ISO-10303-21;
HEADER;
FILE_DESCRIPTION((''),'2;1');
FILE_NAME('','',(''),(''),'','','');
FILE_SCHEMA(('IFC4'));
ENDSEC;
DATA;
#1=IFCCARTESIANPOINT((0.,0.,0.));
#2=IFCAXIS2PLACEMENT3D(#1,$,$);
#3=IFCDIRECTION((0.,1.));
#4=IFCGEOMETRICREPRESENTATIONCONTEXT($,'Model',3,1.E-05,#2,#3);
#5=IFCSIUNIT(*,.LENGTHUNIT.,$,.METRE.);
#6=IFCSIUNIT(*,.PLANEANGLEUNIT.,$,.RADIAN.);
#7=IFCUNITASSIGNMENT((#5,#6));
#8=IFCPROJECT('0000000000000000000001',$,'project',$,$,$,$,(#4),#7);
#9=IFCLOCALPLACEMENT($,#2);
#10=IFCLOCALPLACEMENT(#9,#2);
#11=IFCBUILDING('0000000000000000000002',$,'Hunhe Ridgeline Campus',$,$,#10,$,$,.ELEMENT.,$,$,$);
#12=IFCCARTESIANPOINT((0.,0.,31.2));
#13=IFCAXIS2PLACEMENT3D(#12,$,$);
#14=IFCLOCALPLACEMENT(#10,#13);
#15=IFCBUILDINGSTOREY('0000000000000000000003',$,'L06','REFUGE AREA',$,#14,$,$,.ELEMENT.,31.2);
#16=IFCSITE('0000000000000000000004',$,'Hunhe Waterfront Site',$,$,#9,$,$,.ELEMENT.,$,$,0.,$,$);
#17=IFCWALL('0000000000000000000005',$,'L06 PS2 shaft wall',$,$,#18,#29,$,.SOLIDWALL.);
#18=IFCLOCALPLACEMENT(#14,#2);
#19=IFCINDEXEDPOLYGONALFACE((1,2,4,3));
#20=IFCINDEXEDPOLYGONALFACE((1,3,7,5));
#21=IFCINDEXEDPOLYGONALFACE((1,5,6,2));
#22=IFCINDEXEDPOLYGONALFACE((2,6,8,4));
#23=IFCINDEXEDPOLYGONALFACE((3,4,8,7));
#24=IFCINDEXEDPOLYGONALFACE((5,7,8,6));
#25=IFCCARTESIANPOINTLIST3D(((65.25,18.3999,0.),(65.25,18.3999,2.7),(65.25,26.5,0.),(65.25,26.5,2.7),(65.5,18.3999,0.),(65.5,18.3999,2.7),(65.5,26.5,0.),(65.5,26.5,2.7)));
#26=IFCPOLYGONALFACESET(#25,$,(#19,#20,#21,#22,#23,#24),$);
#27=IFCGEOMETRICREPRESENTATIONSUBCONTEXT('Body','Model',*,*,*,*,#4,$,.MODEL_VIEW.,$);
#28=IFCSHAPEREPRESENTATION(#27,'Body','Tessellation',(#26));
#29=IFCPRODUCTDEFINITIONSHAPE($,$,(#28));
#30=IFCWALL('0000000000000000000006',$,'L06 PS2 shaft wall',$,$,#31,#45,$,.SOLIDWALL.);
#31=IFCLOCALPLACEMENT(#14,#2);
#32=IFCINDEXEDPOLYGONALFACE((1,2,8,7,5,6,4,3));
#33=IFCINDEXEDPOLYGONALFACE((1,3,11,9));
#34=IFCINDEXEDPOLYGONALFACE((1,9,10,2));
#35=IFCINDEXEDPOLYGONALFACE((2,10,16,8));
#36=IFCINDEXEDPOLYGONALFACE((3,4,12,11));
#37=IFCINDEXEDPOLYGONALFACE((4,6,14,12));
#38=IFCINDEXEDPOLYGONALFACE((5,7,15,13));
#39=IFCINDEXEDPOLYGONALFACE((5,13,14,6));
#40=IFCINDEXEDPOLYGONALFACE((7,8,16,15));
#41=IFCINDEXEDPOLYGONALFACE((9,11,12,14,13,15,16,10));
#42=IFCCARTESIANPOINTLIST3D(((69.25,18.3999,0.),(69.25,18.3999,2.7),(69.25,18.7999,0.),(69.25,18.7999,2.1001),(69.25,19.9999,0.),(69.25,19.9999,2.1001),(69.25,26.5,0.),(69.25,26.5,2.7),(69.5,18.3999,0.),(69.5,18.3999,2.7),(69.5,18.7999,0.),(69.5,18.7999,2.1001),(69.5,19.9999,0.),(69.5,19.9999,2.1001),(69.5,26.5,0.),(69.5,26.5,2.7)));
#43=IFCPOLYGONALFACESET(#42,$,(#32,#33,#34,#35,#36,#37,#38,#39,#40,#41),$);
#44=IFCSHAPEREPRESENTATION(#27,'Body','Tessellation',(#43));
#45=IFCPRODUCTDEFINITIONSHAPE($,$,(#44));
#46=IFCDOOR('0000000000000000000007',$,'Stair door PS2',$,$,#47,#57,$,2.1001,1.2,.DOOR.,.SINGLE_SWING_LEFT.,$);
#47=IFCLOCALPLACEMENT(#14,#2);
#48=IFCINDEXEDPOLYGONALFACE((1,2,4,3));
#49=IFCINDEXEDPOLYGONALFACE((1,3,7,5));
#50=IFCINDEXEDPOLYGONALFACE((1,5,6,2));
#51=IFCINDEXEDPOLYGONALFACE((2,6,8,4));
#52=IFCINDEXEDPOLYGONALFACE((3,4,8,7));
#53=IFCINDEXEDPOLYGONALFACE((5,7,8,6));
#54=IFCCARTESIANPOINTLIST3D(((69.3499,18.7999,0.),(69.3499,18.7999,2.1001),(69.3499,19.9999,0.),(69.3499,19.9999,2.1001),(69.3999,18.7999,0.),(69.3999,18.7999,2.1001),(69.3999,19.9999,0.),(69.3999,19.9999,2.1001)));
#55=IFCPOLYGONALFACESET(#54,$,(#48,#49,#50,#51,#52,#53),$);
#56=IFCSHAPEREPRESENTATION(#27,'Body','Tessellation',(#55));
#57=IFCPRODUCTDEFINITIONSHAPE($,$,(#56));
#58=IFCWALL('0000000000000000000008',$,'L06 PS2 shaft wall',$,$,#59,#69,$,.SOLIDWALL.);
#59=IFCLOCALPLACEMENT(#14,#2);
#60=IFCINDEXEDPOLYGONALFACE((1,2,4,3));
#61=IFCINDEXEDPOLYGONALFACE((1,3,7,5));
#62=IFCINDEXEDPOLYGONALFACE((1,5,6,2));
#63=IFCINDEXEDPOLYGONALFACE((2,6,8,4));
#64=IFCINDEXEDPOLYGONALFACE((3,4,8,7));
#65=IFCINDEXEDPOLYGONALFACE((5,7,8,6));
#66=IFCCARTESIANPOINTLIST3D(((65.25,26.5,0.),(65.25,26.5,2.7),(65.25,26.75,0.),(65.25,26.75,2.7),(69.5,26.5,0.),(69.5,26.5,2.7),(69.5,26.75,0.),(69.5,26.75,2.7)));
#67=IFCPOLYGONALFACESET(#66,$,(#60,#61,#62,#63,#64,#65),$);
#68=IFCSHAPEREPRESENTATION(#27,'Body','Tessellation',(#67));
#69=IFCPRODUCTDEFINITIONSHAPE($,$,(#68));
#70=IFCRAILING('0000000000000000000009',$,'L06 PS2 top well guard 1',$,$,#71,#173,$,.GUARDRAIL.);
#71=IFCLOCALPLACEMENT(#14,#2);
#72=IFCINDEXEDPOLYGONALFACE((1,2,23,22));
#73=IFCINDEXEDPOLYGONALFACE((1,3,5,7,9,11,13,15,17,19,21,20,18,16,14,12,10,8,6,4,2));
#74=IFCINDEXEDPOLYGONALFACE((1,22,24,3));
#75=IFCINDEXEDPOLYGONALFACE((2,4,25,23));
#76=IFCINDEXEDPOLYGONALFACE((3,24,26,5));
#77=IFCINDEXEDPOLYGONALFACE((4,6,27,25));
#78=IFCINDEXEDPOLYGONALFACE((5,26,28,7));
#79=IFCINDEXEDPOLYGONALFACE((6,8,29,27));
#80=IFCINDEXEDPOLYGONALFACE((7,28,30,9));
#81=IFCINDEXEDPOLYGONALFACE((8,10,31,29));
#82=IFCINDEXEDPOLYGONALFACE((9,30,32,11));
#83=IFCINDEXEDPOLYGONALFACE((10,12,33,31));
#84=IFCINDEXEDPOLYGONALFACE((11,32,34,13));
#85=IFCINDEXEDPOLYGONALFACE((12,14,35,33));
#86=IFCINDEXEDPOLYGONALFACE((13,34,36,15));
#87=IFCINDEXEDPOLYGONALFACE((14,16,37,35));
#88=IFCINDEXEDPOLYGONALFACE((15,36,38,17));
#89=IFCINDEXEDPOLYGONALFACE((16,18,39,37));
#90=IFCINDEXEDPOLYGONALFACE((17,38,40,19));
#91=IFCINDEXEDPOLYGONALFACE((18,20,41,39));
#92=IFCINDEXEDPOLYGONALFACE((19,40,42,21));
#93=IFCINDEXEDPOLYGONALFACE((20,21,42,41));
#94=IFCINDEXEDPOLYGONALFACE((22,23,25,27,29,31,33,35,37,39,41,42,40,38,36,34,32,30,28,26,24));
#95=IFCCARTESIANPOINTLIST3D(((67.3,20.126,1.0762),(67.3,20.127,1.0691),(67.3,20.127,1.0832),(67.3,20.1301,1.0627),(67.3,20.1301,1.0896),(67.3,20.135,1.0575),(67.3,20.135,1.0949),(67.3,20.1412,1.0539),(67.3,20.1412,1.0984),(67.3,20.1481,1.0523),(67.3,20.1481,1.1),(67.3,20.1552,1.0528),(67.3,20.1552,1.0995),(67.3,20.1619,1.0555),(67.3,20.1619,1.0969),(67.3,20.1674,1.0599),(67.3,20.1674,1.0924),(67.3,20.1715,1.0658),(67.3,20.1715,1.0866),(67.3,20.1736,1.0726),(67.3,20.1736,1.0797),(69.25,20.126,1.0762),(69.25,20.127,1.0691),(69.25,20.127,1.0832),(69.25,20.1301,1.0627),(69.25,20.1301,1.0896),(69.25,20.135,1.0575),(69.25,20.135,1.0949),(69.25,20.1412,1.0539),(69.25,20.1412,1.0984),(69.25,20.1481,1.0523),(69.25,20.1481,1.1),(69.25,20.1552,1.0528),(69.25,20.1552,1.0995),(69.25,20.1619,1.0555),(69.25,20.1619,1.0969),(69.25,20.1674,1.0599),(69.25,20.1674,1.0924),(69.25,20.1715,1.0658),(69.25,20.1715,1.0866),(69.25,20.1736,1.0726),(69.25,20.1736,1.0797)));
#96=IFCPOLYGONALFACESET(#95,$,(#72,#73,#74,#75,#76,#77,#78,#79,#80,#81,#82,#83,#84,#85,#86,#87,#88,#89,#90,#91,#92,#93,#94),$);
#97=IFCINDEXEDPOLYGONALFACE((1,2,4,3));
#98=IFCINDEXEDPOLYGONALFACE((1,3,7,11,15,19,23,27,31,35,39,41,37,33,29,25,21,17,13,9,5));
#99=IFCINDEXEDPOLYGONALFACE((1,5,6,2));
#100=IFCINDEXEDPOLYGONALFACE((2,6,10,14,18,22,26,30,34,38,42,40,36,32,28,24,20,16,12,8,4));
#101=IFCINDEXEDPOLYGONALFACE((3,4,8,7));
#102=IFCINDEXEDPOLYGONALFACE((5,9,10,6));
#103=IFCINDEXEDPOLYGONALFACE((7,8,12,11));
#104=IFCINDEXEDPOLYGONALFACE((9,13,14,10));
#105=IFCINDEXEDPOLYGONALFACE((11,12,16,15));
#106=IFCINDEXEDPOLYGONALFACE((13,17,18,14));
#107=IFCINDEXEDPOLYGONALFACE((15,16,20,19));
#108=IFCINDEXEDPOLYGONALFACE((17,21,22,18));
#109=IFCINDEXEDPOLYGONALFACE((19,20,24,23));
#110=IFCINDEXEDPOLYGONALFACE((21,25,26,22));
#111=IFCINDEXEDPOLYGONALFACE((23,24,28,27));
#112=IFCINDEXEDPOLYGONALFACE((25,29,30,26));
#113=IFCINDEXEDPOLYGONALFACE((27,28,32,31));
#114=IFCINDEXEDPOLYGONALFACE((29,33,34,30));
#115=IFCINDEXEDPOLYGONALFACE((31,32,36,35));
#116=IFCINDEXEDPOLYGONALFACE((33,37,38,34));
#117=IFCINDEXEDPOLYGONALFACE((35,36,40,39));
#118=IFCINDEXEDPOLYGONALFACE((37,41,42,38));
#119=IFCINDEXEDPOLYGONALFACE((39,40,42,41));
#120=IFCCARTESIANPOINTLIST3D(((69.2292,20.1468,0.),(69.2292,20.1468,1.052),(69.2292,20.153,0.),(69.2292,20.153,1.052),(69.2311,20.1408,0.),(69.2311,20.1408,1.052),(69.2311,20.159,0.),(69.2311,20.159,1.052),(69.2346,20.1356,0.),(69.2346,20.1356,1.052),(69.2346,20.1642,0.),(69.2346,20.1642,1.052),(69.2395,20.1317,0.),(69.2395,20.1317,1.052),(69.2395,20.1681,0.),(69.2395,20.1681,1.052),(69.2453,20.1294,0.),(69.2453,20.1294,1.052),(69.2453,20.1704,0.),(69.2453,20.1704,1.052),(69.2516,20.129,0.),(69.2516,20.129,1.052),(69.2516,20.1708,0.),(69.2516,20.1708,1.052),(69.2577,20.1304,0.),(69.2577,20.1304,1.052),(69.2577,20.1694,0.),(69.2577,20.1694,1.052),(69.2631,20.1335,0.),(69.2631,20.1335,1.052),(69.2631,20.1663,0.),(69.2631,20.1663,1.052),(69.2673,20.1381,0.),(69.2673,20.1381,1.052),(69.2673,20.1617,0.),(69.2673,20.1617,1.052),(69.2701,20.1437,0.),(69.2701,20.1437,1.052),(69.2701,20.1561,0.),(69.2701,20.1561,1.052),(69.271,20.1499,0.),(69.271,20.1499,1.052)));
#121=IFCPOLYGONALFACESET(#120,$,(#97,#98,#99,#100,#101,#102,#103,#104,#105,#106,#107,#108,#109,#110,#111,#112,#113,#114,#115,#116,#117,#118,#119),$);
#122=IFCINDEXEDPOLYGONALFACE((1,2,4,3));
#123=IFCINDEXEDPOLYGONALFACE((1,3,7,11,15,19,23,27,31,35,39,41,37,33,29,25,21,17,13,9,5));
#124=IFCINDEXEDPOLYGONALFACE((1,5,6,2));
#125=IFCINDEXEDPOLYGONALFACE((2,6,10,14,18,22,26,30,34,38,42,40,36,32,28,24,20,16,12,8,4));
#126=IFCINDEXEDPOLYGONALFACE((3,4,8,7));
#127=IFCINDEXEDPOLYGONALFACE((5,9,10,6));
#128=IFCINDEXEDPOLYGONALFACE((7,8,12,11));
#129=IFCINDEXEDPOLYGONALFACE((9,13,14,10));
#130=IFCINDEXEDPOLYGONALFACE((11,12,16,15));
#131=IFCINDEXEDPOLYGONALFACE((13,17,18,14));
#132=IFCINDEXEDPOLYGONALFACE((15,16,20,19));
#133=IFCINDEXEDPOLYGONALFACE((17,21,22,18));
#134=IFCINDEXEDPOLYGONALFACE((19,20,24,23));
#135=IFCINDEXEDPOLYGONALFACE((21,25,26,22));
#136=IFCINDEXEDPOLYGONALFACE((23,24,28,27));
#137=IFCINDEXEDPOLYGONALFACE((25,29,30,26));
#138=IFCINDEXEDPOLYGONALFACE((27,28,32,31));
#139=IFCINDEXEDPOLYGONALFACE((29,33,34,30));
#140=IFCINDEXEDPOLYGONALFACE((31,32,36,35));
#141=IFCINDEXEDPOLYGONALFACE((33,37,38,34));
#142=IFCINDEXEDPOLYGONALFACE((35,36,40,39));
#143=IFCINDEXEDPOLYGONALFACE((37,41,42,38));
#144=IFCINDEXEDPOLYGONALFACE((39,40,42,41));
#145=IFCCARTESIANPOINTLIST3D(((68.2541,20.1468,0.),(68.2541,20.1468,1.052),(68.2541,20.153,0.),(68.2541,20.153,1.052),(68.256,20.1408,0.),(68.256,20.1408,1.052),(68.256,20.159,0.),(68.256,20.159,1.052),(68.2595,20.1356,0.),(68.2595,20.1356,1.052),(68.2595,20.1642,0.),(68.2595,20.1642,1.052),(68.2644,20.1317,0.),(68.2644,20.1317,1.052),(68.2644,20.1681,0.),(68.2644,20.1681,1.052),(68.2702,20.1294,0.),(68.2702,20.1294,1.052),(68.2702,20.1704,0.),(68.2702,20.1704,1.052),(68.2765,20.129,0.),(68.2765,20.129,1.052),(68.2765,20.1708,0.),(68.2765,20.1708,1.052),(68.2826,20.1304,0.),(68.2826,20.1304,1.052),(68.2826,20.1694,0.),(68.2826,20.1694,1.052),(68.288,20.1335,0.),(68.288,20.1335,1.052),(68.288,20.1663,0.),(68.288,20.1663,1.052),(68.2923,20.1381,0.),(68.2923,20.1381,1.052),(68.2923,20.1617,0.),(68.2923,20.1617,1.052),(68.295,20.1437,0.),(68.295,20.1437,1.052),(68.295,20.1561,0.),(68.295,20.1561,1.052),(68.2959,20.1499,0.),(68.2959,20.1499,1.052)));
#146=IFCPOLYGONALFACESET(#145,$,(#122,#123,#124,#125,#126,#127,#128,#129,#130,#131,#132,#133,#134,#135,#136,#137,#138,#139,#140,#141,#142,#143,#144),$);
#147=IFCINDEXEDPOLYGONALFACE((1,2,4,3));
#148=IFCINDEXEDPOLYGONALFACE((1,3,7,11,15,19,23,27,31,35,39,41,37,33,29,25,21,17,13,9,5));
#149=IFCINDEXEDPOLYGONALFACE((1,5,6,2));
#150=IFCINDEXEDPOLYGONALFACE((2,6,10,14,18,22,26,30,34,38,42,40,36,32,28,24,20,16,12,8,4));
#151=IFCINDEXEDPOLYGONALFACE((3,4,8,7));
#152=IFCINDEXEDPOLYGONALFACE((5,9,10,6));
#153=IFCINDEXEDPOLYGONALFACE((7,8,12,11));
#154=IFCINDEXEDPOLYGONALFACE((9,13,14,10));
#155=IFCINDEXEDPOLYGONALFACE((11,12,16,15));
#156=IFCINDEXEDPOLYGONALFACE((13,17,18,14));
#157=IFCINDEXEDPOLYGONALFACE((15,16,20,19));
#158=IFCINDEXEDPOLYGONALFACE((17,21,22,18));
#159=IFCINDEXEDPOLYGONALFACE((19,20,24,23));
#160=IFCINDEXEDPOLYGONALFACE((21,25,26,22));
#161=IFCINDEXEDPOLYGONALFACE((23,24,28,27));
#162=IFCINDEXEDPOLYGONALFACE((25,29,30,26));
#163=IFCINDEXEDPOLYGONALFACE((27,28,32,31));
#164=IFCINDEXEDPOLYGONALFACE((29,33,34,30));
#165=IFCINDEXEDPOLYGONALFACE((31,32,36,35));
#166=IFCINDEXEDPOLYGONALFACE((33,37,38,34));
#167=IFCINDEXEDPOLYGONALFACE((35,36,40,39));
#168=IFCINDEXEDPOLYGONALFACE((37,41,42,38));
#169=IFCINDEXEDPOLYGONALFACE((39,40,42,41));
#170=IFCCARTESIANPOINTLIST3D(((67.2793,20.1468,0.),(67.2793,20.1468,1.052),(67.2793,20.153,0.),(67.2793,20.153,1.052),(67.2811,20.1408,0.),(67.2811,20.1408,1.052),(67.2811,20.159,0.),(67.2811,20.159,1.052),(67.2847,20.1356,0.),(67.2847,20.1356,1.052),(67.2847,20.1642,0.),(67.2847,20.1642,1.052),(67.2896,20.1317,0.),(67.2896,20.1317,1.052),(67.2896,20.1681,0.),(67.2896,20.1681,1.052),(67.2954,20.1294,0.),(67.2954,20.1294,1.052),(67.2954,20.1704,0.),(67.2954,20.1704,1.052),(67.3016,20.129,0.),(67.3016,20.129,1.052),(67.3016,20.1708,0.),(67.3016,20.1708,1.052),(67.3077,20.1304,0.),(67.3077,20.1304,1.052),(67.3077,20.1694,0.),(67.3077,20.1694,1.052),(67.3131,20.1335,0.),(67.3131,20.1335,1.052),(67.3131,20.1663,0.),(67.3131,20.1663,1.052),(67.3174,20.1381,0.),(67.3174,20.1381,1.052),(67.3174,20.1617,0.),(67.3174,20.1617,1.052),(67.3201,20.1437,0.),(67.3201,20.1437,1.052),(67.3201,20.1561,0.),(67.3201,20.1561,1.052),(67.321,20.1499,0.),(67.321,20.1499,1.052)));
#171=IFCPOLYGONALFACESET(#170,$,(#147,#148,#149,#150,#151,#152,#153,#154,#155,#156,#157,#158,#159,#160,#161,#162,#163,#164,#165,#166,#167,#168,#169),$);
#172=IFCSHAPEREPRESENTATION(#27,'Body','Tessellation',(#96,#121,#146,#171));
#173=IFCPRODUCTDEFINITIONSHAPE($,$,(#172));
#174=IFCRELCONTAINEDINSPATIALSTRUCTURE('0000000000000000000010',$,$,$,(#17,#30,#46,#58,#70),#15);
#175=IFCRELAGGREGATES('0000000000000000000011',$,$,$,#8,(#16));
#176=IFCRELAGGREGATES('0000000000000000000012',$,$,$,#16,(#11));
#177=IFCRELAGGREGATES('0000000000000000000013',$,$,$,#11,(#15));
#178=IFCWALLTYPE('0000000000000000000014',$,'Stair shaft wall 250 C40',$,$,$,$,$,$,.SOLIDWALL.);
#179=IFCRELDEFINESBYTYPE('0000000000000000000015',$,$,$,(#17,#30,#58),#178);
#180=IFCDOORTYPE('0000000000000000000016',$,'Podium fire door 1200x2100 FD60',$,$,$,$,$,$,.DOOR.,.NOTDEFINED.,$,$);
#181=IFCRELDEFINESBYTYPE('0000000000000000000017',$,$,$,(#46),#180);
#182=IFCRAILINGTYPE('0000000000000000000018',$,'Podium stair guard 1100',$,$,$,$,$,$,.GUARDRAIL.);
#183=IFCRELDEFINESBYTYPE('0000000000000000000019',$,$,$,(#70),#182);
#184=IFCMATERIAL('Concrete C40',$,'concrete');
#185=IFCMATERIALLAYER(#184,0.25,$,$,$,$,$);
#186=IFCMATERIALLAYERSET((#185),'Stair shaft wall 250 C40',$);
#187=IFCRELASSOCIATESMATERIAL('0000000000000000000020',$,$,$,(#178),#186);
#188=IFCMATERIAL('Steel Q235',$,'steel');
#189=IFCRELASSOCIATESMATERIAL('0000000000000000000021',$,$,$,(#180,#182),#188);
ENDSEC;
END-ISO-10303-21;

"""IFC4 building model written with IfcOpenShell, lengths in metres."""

from ifc_helpers import new_model, si_unit, direction, frame, frame_2d, origin, origin_2d, place, context, subcontext, project, spatial, rectangle, circle, extrude, material, layer, layer_set, type_object, element, fill, save


model = new_model("IFC4")

# Units and contexts
model_context = context("Model", 3, precision=1e-05, world=origin(), true_north=direction((0.0, 1.0)))
body_context = subcontext(model_context, "Body", "Model", "MODEL_VIEW")
ifc_project = project(units=[si_unit("LENGTHUNIT", "METRE"), si_unit("PLANEANGLEUNIT", "RADIAN")], contexts=[model_context])

# Site, building, storey
site_placement = place(None, origin())
site = spatial("IfcSite", under=ifc_project, at=site_placement, Name="Hunhe Waterfront Site", CompositionType="ELEMENT", RefElevation=0.0)
building_placement = place(site_placement, origin())
building = spatial("IfcBuilding", under=site, at=building_placement, Name="Hunhe Ridgeline Campus", CompositionType="ELEMENT")
storey_placement = place(building_placement, frame((0.0, 0.0, 31.2)))
storey = spatial("IfcBuildingStorey", under=building, at=storey_placement, Name="L06", Description="REFUGE AREA", CompositionType="ELEMENT", Elevation=31.2)

# Wall
ifc_material_1 = material(Name="Concrete C40", Category="concrete")
ifc_layer_1 = layer(ifc_material_1, 0.25)
ifc_layer_set_1 = layer_set([ifc_layer_1], Name="Stair shaft wall 250 C40")
wall_type_1 = type_object("IfcWallType", Name="Stair shaft wall 250 C40", PredefinedType="SOLIDWALL", material=ifc_layer_set_1)
wall_1_placement = place(storey_placement, frame((65.375, 18.3999, 0.0), z_axis=(0.0, 0.0, 1.0), x_axis=(0.0, 1.0, 0.0)))
element("IfcWall", 1, at=wall_1_placement, inside=storey, type_object=wall_type_1, Name="L06 PS2 shaft wall", PredefinedType="SOLIDWALL", context=body_context, shape_type="SweptSolid", body=[
    extrude(rectangle(XDim=8.1001, YDim=0.25, at=frame_2d((4.05, 0.0))), origin(), (0.0, 0.0, 1.0), 2.7),
])

# Wall, opening, door
wall_2_placement = place(storey_placement, frame((69.375, 26.5, 0.0), z_axis=(0.0, 0.0, 1.0), x_axis=(0.0, -1.0, 0.0)))
wall_2 = element("IfcWall", 2, at=wall_2_placement, inside=storey, type_object=wall_type_1, Name="L06 PS2 shaft wall", PredefinedType="SOLIDWALL", context=body_context, shape_type="SweptSolid", body=[
    extrude(rectangle(XDim=8.1001, YDim=0.25, at=frame_2d((4.05, 0.0))), origin(), (0.0, 0.0, 1.0), 2.7),
])
opening_placement = place(wall_2_placement, frame((6.5, 0.0, 0.0)))
opening = element("IfcOpeningElement", 3, at=opening_placement, cuts=wall_2, PredefinedType="OPENING", context=body_context, shape_type="SweptSolid", body=[
    extrude(rectangle(XDim=1.2, YDim=2.1001, at=frame_2d((0.6001, 1.05))), frame((0.0, 0.125, 0.0), z_axis=(0.0, -1.0, 0.0), x_axis=(1.0, 0.0, 0.0)), (0.0, 0.0, 1.0), 0.25),
])
ifc_material_2 = material(Name="Steel Q235", Category="steel")
door_type = type_object("IfcDoorType", Name="Podium fire door 1200x2100 FD60", OperationType="NOTDEFINED", PredefinedType="DOOR", material=ifc_material_2)
door_placement = place(opening_placement, origin())
door = element("IfcDoor", 4, at=door_placement, inside=storey, type_object=door_type, Name="Stair door PS2", OperationType="SINGLE_SWING_LEFT", OverallHeight=2.1001, OverallWidth=1.2, PredefinedType="DOOR", context=body_context, shape_type="SweptSolid", body=[
    extrude(rectangle(XDim=1.2, YDim=2.1001, at=frame_2d((0.6001, 1.05))), frame((0.0, 0.0249, 0.0), z_axis=(0.0, -1.0, 0.0), x_axis=(1.0, 0.0, 0.0)), (0.0, 0.0, 1.0), 0.05),
])
fill(opening, door)

# Wall
wall_3_placement = place(storey_placement, frame((65.25, 26.625, 0.0), z_axis=(0.0, 0.0, 1.0), x_axis=(1.0, 0.0, 0.0)))
element("IfcWall", 5, at=wall_3_placement, inside=storey, type_object=wall_type_1, Name="L06 PS2 shaft wall", PredefinedType="SOLIDWALL", context=body_context, shape_type="SweptSolid", body=[
    extrude(rectangle(XDim=4.25, YDim=0.25, at=frame_2d((2.125, 0.0))), origin(), (0.0, 0.0, 1.0), 2.7),
])

# Railing
railing_type_1 = type_object("IfcRailingType", Name="Podium stair guard 1100", PredefinedType="GUARDRAIL", material=ifc_material_2)
railing_1_placement = place(storey_placement, frame((69.25, 20.1499, 0.0)))
element("IfcRailing", 6, at=railing_1_placement, inside=storey, type_object=railing_type_1, Name="L06 PS2 top well guard 1", PredefinedType="GUARDRAIL", context=body_context, shape_type="SweptSolid", body=[
    extrude(circle(Radius=0.0239, at=origin_2d()), frame((0.0, 0.0, 1.0762), z_axis=(-1.0, 0.0, 0.0), x_axis=(0.0, -1.0, 0.0)), (0.0, 0.0, 1.0), 1.95),
    extrude(circle(Radius=0.021, at=origin_2d()), origin(), (0.0, 0.0, 1.0), 1.052),
    extrude(circle(Radius=0.021, at=origin_2d()), frame((-0.9751, 0.0, 0.0)), (0.0, 0.0, 1.0), 1.052),
    extrude(circle(Radius=0.021, at=origin_2d()), frame((-1.95, 0.0, 0.0)), (0.0, 0.0, 1.0), 1.052),
])

save(model, "model.ifc")
